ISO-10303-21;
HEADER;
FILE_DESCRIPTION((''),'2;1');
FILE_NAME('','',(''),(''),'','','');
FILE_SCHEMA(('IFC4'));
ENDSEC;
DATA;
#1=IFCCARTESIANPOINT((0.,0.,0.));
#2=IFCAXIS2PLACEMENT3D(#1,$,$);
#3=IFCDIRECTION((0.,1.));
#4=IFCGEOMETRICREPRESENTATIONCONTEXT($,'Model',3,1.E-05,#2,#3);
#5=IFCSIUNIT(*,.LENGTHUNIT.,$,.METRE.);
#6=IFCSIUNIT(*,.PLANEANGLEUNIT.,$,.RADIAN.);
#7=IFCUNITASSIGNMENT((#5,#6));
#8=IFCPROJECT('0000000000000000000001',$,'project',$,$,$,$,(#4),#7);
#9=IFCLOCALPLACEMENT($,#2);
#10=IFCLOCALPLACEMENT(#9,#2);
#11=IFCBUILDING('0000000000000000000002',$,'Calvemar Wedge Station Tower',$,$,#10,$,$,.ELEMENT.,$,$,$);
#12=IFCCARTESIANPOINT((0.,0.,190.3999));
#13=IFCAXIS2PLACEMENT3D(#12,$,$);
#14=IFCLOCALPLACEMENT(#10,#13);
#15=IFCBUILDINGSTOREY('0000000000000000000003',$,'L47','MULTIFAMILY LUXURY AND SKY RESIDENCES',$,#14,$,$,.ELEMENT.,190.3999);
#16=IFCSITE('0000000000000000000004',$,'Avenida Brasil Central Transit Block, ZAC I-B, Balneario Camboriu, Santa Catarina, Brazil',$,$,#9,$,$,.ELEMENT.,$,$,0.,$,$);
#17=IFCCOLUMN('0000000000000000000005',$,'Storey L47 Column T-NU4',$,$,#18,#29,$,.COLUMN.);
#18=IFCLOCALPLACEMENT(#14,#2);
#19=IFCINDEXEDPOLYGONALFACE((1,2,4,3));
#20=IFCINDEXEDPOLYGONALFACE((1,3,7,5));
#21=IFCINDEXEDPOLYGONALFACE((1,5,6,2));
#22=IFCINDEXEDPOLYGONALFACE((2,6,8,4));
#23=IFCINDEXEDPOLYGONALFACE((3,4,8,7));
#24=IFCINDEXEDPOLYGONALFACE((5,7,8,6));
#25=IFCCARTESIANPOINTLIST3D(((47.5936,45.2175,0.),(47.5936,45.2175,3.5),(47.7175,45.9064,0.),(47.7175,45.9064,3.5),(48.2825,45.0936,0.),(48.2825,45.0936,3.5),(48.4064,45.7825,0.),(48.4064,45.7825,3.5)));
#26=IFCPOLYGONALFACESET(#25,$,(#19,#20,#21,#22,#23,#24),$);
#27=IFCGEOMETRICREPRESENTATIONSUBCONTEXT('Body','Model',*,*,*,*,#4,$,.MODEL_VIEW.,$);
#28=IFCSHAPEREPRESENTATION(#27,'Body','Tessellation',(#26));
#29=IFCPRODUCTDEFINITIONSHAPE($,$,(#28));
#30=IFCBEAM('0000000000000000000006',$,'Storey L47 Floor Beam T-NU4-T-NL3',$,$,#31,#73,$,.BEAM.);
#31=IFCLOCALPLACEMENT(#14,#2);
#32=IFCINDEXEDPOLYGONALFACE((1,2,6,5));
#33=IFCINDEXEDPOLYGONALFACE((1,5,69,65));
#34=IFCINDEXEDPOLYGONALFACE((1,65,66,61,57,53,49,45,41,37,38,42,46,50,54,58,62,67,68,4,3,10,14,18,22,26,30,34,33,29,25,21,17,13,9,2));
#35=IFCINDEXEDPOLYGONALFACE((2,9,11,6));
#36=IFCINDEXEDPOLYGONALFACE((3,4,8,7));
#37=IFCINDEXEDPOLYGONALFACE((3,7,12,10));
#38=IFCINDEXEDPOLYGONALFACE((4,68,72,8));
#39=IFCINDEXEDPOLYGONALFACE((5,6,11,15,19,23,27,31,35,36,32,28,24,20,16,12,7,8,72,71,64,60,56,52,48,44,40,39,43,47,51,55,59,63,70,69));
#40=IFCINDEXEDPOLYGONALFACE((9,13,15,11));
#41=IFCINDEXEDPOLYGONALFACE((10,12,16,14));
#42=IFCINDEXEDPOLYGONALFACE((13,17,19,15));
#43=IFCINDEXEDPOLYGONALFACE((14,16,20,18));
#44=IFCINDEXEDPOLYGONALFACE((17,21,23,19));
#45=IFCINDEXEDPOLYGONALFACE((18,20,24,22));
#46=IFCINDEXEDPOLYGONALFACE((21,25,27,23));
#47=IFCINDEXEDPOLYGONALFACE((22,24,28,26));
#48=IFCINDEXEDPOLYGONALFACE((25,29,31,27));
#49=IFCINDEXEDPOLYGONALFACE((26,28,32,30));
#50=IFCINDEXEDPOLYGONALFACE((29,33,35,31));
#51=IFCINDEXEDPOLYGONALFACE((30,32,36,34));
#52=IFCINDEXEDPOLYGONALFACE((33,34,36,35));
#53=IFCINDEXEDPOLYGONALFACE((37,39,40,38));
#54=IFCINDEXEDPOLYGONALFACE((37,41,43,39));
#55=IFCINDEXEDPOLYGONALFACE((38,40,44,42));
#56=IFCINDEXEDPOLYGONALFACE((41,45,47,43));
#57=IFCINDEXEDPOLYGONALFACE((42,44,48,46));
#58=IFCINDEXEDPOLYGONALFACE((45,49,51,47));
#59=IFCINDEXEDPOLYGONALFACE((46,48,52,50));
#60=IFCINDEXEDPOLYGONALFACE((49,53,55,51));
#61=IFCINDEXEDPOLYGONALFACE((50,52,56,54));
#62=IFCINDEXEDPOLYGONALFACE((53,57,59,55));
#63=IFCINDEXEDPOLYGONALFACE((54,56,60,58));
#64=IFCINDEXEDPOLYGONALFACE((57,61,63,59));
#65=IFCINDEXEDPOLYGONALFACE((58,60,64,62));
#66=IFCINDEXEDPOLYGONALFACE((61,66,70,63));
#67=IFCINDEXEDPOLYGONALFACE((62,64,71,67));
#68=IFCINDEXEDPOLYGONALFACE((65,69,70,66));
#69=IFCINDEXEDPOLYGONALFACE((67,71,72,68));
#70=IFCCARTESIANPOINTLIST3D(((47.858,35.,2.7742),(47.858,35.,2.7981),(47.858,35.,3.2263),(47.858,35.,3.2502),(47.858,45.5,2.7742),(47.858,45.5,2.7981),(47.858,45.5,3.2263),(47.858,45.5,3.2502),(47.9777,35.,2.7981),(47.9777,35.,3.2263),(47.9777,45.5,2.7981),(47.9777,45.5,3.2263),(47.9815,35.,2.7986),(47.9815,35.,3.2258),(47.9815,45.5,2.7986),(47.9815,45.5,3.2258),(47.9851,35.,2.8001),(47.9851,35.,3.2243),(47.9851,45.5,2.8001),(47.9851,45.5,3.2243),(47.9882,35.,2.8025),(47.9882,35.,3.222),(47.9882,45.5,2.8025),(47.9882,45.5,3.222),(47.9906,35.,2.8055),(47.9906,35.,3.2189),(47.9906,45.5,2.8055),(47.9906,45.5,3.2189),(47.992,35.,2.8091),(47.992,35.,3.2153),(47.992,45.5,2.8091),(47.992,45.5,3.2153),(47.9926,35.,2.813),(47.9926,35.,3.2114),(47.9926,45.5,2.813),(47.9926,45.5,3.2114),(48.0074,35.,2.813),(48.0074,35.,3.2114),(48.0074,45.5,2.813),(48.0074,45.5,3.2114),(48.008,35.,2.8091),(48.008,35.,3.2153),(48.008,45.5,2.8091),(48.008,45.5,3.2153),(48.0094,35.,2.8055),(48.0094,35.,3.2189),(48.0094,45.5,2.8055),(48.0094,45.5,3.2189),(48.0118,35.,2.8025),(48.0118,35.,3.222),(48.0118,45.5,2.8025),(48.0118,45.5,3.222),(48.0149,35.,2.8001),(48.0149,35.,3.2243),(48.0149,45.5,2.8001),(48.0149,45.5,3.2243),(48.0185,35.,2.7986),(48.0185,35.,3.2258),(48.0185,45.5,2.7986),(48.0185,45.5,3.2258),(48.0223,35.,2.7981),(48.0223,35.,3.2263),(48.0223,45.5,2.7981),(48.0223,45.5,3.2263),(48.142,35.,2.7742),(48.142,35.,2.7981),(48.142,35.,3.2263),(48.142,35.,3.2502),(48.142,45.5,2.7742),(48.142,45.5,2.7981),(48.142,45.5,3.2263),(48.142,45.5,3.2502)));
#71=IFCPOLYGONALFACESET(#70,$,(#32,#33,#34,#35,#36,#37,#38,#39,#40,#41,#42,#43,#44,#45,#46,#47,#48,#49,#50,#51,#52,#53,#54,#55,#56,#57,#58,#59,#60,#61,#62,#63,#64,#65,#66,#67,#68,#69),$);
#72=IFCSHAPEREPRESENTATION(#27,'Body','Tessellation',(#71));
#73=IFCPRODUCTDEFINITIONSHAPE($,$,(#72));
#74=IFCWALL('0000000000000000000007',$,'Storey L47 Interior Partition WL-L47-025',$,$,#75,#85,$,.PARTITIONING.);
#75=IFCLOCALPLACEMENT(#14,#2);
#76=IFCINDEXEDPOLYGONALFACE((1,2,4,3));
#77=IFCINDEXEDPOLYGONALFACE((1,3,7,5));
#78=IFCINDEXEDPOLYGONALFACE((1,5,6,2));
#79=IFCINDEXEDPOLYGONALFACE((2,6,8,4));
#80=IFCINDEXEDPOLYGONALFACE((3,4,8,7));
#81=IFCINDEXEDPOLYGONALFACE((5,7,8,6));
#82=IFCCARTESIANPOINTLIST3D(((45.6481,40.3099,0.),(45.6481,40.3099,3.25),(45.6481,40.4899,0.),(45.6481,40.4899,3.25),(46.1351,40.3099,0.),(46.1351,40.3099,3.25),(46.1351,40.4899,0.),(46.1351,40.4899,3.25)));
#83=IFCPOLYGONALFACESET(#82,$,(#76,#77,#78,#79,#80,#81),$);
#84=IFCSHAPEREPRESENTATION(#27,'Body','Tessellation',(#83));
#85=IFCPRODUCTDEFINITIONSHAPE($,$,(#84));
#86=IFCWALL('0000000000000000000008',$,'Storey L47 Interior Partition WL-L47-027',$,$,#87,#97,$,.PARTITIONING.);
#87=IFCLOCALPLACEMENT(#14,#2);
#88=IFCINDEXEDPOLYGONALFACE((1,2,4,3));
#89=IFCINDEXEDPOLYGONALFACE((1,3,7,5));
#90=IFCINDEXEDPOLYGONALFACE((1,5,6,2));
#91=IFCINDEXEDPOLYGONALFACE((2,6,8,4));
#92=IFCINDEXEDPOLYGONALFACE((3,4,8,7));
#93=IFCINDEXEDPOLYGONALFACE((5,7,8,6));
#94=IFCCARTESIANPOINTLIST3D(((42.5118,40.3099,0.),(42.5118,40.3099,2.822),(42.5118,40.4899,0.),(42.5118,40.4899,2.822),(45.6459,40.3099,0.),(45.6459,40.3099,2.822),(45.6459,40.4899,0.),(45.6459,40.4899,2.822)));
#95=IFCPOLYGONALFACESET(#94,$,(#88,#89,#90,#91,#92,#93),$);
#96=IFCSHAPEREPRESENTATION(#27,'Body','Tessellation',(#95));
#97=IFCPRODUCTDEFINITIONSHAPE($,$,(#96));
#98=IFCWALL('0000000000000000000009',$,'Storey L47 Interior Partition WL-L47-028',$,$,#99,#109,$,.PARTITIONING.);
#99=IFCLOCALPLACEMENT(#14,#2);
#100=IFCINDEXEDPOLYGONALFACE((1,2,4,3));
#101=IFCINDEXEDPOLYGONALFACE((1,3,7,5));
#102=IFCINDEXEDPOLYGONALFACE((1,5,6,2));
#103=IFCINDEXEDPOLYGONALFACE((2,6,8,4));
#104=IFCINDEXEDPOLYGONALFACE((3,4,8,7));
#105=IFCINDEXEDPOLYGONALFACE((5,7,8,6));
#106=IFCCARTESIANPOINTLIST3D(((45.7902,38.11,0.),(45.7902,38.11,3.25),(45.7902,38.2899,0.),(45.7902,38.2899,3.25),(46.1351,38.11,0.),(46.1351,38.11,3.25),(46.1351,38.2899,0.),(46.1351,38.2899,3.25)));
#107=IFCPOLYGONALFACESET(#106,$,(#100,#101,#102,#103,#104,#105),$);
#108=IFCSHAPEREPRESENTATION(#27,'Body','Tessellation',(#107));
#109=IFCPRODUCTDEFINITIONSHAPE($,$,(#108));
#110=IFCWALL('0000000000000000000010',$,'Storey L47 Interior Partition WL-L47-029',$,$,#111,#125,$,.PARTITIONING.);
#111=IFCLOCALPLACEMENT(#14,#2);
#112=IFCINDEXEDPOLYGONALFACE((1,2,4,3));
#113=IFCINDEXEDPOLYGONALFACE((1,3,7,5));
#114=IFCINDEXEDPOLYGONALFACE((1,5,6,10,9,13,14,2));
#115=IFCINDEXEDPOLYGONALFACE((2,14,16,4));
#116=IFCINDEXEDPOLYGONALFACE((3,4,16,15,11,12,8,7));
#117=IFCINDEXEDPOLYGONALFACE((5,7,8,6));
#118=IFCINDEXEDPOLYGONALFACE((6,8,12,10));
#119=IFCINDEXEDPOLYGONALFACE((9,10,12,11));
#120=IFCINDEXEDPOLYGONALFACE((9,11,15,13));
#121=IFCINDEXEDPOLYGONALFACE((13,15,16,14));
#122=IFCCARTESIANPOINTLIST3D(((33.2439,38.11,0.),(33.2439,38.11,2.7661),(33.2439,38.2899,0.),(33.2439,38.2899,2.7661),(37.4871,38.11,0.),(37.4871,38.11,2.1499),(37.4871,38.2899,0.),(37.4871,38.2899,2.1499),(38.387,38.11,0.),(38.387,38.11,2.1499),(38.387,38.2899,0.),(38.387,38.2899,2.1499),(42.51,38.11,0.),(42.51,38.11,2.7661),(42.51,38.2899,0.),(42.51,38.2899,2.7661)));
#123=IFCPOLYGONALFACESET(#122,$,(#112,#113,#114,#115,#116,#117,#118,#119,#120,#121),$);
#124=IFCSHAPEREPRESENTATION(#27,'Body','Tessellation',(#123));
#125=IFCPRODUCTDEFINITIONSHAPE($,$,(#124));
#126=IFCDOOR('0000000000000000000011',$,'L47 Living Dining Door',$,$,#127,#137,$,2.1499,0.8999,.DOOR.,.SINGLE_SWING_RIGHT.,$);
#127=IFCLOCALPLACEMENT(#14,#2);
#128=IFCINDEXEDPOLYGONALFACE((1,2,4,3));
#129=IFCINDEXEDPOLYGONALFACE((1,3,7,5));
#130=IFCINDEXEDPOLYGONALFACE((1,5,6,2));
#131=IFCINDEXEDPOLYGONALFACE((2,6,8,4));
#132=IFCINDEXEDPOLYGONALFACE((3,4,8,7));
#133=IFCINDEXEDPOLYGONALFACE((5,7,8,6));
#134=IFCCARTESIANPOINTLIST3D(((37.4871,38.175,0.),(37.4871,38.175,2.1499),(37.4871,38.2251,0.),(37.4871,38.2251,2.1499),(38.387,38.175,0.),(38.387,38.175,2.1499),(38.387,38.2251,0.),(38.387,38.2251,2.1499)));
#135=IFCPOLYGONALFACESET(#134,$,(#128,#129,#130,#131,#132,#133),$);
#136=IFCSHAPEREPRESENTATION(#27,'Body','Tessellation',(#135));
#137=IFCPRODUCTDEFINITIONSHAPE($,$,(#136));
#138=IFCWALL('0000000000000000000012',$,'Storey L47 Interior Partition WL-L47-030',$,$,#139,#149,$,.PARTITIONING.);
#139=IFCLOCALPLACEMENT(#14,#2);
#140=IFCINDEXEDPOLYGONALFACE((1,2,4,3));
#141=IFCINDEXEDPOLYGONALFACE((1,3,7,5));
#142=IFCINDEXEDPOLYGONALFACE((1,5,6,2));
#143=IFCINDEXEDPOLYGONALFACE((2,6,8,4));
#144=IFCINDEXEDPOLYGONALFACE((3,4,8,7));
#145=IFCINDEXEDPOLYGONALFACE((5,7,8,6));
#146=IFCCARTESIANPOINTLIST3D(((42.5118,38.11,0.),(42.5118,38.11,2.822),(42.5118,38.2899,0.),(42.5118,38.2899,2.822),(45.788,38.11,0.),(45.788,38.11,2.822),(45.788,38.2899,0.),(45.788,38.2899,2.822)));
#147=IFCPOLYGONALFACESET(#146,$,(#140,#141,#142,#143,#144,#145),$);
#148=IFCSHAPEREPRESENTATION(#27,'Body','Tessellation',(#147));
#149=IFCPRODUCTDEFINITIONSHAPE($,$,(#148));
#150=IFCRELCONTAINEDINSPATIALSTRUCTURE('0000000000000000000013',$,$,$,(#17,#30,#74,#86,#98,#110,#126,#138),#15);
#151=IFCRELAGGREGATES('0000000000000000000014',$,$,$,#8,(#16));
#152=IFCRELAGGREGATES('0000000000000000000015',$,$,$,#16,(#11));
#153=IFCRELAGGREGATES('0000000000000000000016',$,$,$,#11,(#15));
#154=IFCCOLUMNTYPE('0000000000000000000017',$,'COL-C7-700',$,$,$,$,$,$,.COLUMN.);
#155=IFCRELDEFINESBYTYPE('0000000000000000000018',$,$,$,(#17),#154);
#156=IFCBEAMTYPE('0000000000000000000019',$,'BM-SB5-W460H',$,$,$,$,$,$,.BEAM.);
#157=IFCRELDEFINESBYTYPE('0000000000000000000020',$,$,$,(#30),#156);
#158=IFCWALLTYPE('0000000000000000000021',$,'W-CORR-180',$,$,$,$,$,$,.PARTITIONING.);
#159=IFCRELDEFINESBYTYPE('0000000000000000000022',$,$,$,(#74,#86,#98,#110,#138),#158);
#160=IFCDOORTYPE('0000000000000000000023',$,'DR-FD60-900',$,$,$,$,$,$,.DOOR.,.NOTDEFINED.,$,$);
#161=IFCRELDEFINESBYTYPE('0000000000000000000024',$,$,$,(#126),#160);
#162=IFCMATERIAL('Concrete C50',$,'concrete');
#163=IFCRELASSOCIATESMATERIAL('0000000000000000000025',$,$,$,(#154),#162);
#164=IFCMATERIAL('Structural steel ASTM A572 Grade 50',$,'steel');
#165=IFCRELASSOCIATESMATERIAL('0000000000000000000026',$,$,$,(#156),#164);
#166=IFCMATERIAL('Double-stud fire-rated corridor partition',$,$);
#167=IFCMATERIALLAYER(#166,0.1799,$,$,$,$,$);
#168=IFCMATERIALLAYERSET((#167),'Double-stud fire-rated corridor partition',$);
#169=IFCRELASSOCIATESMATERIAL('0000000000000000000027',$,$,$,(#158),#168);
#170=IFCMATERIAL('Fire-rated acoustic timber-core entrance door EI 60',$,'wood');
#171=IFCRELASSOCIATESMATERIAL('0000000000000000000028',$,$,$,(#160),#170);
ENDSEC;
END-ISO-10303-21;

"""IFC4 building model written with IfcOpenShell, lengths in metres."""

from ifc_helpers import new_model, si_unit, direction, frame, frame_2d, origin, origin_2d, place, context, subcontext, project, spatial, rectangle, i_section, extrude, source, transform, mapped, material, layer, layer_set, material_profile, profile_set, type_object, element, fill, save


model = new_model("IFC4")

# Units and contexts
model_context = context("Model", 3, precision=1e-05, world=origin(), true_north=direction((0.0, 1.0)))
body_context = subcontext(model_context, "Body", "Model", "MODEL_VIEW")
ifc_project = project(units=[si_unit("LENGTHUNIT", "METRE"), si_unit("PLANEANGLEUNIT", "RADIAN")], contexts=[model_context])

# Site, building, storey
site_placement = place(None, origin())
site = spatial("IfcSite", under=ifc_project, at=site_placement, Name="Avenida Brasil Central Transit Block, ZAC I-B, Balneario Camboriu, Santa Catarina, Brazil", CompositionType="ELEMENT", RefElevation=0.0)
building_placement = place(site_placement, origin())
building = spatial("IfcBuilding", under=site, at=building_placement, Name="Calvemar Wedge Station Tower", CompositionType="ELEMENT")
storey_placement = place(building_placement, frame((0.0, 0.0, 190.3999)))
storey = spatial("IfcBuildingStorey", under=building, at=storey_placement, Name="L47", Description="MULTIFAMILY LUXURY AND SKY RESIDENCES", CompositionType="ELEMENT", Elevation=190.3999)

# Column
ifc_material_1 = material(Name="Concrete C50", Category="concrete")
ifc_material_profile_1 = material_profile(ifc_material_1, rectangle(XDim=0.7, YDim=0.7, at=origin_2d()), Name="RC700x700")
ifc_profile_set_1 = profile_set([ifc_material_profile_1], Name="Concrete C50")
column_type = type_object("IfcColumnType", Name="COL-C7-700", PredefinedType="COLUMN", material=ifc_profile_set_1)
shared_shape_1 = source(origin(), body_context, "Body", "SweptSolid", [
    extrude(rectangle(XDim=0.7, YDim=0.7, at=origin_2d()), origin(), (0.0, 0.0, 1.0), 3.5),
])
column_placement = place(storey_placement, frame((48.0, 45.5, 0.0), z_axis=(0.0, 0.0, 1.0), x_axis=(0.984196, -0.177085, 0.0)))
element("IfcColumn", 1, at=column_placement, inside=storey, type_object=column_type, Name="Storey L47 Column T-NU4", PredefinedType="COLUMN", context=body_context, shape_type="MappedRepresentation", body=[
    mapped(shared_shape_1, transform((0.0, 0.0, 0.0), scale=1.0)),
])

# Beam
ifc_material_2 = material(Name="Structural steel ASTM A572 Grade 50", Category="steel")
ifc_material_profile_2 = material_profile(ifc_material_2, i_section(OverallWidth=0.2839, OverallDepth=0.4761, WebThickness=0.0149, FlangeThickness=0.0239, FilletRadius=0.0149, at=origin_2d()), Name="W460x158")
ifc_profile_set_2 = profile_set([ifc_material_profile_2], Name="Structural steel ASTM A572 Grade 50")
beam_type = type_object("IfcBeamType", Name="BM-SB5-W460H", PredefinedType="BEAM", material=ifc_profile_set_2)
shared_shape_2 = source(origin(), body_context, "Body", "SweptSolid", [
    extrude(i_section(OverallWidth=0.2839, OverallDepth=0.4761, WebThickness=0.0149, FlangeThickness=0.0239, FilletRadius=0.0149, at=origin_2d()), origin(), (0.0, 0.0, 1.0), 10.5),
])
beam_placement = place(storey_placement, frame((48.0, 45.5, 3.0122), z_axis=(0.0, -1.0, 0.0), x_axis=(1.0, 0.0, 0.0)))
element("IfcBeam", 2, at=beam_placement, inside=storey, type_object=beam_type, Name="Storey L47 Floor Beam T-NU4-T-NL3", PredefinedType="BEAM", context=body_context, shape_type="MappedRepresentation", body=[
    mapped(shared_shape_2, transform((0.0, 0.0, 0.0), scale=1.0)),
])

# Walls
ifc_material_3 = material(Name="Double-stud fire-rated corridor partition")
ifc_layer_1 = layer(ifc_material_3, 0.1799)
ifc_layer_set_1 = layer_set([ifc_layer_1], Name="Double-stud fire-rated corridor partition")
wall_type_1 = type_object("IfcWallType", Name="W-CORR-180", PredefinedType="PARTITIONING", material=ifc_layer_set_1)
wall_1_placement = place(storey_placement, frame((45.6479, 40.3999, 0.0), z_axis=(0.0, 0.0, 1.0), x_axis=(1.0, 0.0, 0.0)))
element("IfcWall", 3, at=wall_1_placement, inside=storey, type_object=wall_type_1, Name="Storey L47 Interior Partition WL-L47-025", PredefinedType="PARTITIONING", context=body_context, shape_type="SweptSolid", body=[
    extrude(rectangle(XDim=0.4871, YDim=0.1799, at=frame_2d((0.2437, 0.0))), origin(), (0.0, 0.0, 1.0), 3.25),
])
wall_2_placement = place(storey_placement, frame((42.512, 40.3999, 0.0), z_axis=(0.0, 0.0, 1.0), x_axis=(1.0, 0.0, 0.0)))
element("IfcWall", 4, at=wall_2_placement, inside=storey, type_object=wall_type_1, Name="Storey L47 Interior Partition WL-L47-027", PredefinedType="PARTITIONING", context=body_context, shape_type="SweptSolid", body=[
    extrude(rectangle(XDim=3.134, YDim=0.1799, at=frame_2d((1.5669, 0.0))), origin(), (0.0, 0.0, 1.0), 2.822),
])
wall_3_placement = place(storey_placement, frame((46.135, 38.2, 0.0), z_axis=(0.0, 0.0, 1.0), x_axis=(-1.0, 0.0, 0.0)))
element("IfcWall", 5, at=wall_3_placement, inside=storey, type_object=wall_type_1, Name="Storey L47 Interior Partition WL-L47-028", PredefinedType="PARTITIONING", context=body_context, shape_type="SweptSolid", body=[
    extrude(rectangle(XDim=0.345, YDim=0.1799, at=frame_2d((0.1724, 0.0))), origin(), (0.0, 0.0, 1.0), 3.25),
])

# Wall, opening, door
wall_4_placement = place(storey_placement, frame((42.51, 38.2, 0.0), z_axis=(0.0, 0.0, 1.0), x_axis=(-1.0, 0.0, 0.0)))
wall_4 = element("IfcWall", 6, at=wall_4_placement, inside=storey, type_object=wall_type_1, Name="Storey L47 Interior Partition WL-L47-029", PredefinedType="PARTITIONING", context=body_context, shape_type="SweptSolid", body=[
    extrude(rectangle(XDim=9.2661, YDim=0.1799, at=frame_2d((4.6331, 0.0))), origin(), (0.0, 0.0, 1.0), 2.7661),
])
shared_shape_3 = source(origin(), body_context, "Body", "SweptSolid", [
    extrude(rectangle(XDim=0.8999, YDim=2.1499, at=frame_2d((0.45, 1.075))), frame((0.0, 0.1001, 0.0), z_axis=(0.0, -1.0, 0.0), x_axis=(1.0, 0.0, 0.0)), (0.0, 0.0, 1.0), 0.2),
])
opening_1_placement = place(wall_4_placement, frame((4.123, 0.0, 0.0)))
opening_1 = element("IfcOpeningElement", 7, at=opening_1_placement, cuts=wall_4, PredefinedType="OPENING", context=body_context, shape_type="MappedRepresentation", body=[
    mapped(shared_shape_3, transform((0.0, 0.0, 0.0), scale=1.0)),
])
ifc_material_4 = material(Name="Fire-rated acoustic timber-core entrance door EI 60", Category="wood")
door_type_1 = type_object("IfcDoorType", Name="DR-FD60-900", OperationType="NOTDEFINED", PredefinedType="DOOR", material=ifc_material_4)
shared_shape_4 = source(origin(), body_context, "Body", "SweptSolid", [
    extrude(rectangle(XDim=0.8999, YDim=2.1499, at=frame_2d((0.45, 1.075))), frame((0.0, 0.0249, 0.0), z_axis=(0.0, -1.0, 0.0), x_axis=(1.0, 0.0, 0.0)), (0.0, 0.0, 1.0), 0.05),
])
door_1_placement = place(opening_1_placement, origin())
door_1 = element("IfcDoor", 8, at=door_1_placement, inside=storey, type_object=door_type_1, Name="L47 Living Dining Door", OperationType="SINGLE_SWING_RIGHT", OverallHeight=2.1499, OverallWidth=0.8999, PredefinedType="DOOR", context=body_context, shape_type="MappedRepresentation", body=[
    mapped(shared_shape_4, transform((0.0, 0.0, 0.0), scale=1.0)),
])
fill(opening_1, door_1)

# Wall
wall_5_placement = place(storey_placement, frame((45.7881, 38.2, 0.0), z_axis=(0.0, 0.0, 1.0), x_axis=(-1.0, 0.0, 0.0)))
element("IfcWall", 9, at=wall_5_placement, inside=storey, type_object=wall_type_1, Name="Storey L47 Interior Partition WL-L47-030", PredefinedType="PARTITIONING", context=body_context, shape_type="SweptSolid", body=[
    extrude(rectangle(XDim=3.2761, YDim=0.1799, at=frame_2d((1.6382, 0.0))), origin(), (0.0, 0.0, 1.0), 2.822),
])

save(model, "model.ifc")
